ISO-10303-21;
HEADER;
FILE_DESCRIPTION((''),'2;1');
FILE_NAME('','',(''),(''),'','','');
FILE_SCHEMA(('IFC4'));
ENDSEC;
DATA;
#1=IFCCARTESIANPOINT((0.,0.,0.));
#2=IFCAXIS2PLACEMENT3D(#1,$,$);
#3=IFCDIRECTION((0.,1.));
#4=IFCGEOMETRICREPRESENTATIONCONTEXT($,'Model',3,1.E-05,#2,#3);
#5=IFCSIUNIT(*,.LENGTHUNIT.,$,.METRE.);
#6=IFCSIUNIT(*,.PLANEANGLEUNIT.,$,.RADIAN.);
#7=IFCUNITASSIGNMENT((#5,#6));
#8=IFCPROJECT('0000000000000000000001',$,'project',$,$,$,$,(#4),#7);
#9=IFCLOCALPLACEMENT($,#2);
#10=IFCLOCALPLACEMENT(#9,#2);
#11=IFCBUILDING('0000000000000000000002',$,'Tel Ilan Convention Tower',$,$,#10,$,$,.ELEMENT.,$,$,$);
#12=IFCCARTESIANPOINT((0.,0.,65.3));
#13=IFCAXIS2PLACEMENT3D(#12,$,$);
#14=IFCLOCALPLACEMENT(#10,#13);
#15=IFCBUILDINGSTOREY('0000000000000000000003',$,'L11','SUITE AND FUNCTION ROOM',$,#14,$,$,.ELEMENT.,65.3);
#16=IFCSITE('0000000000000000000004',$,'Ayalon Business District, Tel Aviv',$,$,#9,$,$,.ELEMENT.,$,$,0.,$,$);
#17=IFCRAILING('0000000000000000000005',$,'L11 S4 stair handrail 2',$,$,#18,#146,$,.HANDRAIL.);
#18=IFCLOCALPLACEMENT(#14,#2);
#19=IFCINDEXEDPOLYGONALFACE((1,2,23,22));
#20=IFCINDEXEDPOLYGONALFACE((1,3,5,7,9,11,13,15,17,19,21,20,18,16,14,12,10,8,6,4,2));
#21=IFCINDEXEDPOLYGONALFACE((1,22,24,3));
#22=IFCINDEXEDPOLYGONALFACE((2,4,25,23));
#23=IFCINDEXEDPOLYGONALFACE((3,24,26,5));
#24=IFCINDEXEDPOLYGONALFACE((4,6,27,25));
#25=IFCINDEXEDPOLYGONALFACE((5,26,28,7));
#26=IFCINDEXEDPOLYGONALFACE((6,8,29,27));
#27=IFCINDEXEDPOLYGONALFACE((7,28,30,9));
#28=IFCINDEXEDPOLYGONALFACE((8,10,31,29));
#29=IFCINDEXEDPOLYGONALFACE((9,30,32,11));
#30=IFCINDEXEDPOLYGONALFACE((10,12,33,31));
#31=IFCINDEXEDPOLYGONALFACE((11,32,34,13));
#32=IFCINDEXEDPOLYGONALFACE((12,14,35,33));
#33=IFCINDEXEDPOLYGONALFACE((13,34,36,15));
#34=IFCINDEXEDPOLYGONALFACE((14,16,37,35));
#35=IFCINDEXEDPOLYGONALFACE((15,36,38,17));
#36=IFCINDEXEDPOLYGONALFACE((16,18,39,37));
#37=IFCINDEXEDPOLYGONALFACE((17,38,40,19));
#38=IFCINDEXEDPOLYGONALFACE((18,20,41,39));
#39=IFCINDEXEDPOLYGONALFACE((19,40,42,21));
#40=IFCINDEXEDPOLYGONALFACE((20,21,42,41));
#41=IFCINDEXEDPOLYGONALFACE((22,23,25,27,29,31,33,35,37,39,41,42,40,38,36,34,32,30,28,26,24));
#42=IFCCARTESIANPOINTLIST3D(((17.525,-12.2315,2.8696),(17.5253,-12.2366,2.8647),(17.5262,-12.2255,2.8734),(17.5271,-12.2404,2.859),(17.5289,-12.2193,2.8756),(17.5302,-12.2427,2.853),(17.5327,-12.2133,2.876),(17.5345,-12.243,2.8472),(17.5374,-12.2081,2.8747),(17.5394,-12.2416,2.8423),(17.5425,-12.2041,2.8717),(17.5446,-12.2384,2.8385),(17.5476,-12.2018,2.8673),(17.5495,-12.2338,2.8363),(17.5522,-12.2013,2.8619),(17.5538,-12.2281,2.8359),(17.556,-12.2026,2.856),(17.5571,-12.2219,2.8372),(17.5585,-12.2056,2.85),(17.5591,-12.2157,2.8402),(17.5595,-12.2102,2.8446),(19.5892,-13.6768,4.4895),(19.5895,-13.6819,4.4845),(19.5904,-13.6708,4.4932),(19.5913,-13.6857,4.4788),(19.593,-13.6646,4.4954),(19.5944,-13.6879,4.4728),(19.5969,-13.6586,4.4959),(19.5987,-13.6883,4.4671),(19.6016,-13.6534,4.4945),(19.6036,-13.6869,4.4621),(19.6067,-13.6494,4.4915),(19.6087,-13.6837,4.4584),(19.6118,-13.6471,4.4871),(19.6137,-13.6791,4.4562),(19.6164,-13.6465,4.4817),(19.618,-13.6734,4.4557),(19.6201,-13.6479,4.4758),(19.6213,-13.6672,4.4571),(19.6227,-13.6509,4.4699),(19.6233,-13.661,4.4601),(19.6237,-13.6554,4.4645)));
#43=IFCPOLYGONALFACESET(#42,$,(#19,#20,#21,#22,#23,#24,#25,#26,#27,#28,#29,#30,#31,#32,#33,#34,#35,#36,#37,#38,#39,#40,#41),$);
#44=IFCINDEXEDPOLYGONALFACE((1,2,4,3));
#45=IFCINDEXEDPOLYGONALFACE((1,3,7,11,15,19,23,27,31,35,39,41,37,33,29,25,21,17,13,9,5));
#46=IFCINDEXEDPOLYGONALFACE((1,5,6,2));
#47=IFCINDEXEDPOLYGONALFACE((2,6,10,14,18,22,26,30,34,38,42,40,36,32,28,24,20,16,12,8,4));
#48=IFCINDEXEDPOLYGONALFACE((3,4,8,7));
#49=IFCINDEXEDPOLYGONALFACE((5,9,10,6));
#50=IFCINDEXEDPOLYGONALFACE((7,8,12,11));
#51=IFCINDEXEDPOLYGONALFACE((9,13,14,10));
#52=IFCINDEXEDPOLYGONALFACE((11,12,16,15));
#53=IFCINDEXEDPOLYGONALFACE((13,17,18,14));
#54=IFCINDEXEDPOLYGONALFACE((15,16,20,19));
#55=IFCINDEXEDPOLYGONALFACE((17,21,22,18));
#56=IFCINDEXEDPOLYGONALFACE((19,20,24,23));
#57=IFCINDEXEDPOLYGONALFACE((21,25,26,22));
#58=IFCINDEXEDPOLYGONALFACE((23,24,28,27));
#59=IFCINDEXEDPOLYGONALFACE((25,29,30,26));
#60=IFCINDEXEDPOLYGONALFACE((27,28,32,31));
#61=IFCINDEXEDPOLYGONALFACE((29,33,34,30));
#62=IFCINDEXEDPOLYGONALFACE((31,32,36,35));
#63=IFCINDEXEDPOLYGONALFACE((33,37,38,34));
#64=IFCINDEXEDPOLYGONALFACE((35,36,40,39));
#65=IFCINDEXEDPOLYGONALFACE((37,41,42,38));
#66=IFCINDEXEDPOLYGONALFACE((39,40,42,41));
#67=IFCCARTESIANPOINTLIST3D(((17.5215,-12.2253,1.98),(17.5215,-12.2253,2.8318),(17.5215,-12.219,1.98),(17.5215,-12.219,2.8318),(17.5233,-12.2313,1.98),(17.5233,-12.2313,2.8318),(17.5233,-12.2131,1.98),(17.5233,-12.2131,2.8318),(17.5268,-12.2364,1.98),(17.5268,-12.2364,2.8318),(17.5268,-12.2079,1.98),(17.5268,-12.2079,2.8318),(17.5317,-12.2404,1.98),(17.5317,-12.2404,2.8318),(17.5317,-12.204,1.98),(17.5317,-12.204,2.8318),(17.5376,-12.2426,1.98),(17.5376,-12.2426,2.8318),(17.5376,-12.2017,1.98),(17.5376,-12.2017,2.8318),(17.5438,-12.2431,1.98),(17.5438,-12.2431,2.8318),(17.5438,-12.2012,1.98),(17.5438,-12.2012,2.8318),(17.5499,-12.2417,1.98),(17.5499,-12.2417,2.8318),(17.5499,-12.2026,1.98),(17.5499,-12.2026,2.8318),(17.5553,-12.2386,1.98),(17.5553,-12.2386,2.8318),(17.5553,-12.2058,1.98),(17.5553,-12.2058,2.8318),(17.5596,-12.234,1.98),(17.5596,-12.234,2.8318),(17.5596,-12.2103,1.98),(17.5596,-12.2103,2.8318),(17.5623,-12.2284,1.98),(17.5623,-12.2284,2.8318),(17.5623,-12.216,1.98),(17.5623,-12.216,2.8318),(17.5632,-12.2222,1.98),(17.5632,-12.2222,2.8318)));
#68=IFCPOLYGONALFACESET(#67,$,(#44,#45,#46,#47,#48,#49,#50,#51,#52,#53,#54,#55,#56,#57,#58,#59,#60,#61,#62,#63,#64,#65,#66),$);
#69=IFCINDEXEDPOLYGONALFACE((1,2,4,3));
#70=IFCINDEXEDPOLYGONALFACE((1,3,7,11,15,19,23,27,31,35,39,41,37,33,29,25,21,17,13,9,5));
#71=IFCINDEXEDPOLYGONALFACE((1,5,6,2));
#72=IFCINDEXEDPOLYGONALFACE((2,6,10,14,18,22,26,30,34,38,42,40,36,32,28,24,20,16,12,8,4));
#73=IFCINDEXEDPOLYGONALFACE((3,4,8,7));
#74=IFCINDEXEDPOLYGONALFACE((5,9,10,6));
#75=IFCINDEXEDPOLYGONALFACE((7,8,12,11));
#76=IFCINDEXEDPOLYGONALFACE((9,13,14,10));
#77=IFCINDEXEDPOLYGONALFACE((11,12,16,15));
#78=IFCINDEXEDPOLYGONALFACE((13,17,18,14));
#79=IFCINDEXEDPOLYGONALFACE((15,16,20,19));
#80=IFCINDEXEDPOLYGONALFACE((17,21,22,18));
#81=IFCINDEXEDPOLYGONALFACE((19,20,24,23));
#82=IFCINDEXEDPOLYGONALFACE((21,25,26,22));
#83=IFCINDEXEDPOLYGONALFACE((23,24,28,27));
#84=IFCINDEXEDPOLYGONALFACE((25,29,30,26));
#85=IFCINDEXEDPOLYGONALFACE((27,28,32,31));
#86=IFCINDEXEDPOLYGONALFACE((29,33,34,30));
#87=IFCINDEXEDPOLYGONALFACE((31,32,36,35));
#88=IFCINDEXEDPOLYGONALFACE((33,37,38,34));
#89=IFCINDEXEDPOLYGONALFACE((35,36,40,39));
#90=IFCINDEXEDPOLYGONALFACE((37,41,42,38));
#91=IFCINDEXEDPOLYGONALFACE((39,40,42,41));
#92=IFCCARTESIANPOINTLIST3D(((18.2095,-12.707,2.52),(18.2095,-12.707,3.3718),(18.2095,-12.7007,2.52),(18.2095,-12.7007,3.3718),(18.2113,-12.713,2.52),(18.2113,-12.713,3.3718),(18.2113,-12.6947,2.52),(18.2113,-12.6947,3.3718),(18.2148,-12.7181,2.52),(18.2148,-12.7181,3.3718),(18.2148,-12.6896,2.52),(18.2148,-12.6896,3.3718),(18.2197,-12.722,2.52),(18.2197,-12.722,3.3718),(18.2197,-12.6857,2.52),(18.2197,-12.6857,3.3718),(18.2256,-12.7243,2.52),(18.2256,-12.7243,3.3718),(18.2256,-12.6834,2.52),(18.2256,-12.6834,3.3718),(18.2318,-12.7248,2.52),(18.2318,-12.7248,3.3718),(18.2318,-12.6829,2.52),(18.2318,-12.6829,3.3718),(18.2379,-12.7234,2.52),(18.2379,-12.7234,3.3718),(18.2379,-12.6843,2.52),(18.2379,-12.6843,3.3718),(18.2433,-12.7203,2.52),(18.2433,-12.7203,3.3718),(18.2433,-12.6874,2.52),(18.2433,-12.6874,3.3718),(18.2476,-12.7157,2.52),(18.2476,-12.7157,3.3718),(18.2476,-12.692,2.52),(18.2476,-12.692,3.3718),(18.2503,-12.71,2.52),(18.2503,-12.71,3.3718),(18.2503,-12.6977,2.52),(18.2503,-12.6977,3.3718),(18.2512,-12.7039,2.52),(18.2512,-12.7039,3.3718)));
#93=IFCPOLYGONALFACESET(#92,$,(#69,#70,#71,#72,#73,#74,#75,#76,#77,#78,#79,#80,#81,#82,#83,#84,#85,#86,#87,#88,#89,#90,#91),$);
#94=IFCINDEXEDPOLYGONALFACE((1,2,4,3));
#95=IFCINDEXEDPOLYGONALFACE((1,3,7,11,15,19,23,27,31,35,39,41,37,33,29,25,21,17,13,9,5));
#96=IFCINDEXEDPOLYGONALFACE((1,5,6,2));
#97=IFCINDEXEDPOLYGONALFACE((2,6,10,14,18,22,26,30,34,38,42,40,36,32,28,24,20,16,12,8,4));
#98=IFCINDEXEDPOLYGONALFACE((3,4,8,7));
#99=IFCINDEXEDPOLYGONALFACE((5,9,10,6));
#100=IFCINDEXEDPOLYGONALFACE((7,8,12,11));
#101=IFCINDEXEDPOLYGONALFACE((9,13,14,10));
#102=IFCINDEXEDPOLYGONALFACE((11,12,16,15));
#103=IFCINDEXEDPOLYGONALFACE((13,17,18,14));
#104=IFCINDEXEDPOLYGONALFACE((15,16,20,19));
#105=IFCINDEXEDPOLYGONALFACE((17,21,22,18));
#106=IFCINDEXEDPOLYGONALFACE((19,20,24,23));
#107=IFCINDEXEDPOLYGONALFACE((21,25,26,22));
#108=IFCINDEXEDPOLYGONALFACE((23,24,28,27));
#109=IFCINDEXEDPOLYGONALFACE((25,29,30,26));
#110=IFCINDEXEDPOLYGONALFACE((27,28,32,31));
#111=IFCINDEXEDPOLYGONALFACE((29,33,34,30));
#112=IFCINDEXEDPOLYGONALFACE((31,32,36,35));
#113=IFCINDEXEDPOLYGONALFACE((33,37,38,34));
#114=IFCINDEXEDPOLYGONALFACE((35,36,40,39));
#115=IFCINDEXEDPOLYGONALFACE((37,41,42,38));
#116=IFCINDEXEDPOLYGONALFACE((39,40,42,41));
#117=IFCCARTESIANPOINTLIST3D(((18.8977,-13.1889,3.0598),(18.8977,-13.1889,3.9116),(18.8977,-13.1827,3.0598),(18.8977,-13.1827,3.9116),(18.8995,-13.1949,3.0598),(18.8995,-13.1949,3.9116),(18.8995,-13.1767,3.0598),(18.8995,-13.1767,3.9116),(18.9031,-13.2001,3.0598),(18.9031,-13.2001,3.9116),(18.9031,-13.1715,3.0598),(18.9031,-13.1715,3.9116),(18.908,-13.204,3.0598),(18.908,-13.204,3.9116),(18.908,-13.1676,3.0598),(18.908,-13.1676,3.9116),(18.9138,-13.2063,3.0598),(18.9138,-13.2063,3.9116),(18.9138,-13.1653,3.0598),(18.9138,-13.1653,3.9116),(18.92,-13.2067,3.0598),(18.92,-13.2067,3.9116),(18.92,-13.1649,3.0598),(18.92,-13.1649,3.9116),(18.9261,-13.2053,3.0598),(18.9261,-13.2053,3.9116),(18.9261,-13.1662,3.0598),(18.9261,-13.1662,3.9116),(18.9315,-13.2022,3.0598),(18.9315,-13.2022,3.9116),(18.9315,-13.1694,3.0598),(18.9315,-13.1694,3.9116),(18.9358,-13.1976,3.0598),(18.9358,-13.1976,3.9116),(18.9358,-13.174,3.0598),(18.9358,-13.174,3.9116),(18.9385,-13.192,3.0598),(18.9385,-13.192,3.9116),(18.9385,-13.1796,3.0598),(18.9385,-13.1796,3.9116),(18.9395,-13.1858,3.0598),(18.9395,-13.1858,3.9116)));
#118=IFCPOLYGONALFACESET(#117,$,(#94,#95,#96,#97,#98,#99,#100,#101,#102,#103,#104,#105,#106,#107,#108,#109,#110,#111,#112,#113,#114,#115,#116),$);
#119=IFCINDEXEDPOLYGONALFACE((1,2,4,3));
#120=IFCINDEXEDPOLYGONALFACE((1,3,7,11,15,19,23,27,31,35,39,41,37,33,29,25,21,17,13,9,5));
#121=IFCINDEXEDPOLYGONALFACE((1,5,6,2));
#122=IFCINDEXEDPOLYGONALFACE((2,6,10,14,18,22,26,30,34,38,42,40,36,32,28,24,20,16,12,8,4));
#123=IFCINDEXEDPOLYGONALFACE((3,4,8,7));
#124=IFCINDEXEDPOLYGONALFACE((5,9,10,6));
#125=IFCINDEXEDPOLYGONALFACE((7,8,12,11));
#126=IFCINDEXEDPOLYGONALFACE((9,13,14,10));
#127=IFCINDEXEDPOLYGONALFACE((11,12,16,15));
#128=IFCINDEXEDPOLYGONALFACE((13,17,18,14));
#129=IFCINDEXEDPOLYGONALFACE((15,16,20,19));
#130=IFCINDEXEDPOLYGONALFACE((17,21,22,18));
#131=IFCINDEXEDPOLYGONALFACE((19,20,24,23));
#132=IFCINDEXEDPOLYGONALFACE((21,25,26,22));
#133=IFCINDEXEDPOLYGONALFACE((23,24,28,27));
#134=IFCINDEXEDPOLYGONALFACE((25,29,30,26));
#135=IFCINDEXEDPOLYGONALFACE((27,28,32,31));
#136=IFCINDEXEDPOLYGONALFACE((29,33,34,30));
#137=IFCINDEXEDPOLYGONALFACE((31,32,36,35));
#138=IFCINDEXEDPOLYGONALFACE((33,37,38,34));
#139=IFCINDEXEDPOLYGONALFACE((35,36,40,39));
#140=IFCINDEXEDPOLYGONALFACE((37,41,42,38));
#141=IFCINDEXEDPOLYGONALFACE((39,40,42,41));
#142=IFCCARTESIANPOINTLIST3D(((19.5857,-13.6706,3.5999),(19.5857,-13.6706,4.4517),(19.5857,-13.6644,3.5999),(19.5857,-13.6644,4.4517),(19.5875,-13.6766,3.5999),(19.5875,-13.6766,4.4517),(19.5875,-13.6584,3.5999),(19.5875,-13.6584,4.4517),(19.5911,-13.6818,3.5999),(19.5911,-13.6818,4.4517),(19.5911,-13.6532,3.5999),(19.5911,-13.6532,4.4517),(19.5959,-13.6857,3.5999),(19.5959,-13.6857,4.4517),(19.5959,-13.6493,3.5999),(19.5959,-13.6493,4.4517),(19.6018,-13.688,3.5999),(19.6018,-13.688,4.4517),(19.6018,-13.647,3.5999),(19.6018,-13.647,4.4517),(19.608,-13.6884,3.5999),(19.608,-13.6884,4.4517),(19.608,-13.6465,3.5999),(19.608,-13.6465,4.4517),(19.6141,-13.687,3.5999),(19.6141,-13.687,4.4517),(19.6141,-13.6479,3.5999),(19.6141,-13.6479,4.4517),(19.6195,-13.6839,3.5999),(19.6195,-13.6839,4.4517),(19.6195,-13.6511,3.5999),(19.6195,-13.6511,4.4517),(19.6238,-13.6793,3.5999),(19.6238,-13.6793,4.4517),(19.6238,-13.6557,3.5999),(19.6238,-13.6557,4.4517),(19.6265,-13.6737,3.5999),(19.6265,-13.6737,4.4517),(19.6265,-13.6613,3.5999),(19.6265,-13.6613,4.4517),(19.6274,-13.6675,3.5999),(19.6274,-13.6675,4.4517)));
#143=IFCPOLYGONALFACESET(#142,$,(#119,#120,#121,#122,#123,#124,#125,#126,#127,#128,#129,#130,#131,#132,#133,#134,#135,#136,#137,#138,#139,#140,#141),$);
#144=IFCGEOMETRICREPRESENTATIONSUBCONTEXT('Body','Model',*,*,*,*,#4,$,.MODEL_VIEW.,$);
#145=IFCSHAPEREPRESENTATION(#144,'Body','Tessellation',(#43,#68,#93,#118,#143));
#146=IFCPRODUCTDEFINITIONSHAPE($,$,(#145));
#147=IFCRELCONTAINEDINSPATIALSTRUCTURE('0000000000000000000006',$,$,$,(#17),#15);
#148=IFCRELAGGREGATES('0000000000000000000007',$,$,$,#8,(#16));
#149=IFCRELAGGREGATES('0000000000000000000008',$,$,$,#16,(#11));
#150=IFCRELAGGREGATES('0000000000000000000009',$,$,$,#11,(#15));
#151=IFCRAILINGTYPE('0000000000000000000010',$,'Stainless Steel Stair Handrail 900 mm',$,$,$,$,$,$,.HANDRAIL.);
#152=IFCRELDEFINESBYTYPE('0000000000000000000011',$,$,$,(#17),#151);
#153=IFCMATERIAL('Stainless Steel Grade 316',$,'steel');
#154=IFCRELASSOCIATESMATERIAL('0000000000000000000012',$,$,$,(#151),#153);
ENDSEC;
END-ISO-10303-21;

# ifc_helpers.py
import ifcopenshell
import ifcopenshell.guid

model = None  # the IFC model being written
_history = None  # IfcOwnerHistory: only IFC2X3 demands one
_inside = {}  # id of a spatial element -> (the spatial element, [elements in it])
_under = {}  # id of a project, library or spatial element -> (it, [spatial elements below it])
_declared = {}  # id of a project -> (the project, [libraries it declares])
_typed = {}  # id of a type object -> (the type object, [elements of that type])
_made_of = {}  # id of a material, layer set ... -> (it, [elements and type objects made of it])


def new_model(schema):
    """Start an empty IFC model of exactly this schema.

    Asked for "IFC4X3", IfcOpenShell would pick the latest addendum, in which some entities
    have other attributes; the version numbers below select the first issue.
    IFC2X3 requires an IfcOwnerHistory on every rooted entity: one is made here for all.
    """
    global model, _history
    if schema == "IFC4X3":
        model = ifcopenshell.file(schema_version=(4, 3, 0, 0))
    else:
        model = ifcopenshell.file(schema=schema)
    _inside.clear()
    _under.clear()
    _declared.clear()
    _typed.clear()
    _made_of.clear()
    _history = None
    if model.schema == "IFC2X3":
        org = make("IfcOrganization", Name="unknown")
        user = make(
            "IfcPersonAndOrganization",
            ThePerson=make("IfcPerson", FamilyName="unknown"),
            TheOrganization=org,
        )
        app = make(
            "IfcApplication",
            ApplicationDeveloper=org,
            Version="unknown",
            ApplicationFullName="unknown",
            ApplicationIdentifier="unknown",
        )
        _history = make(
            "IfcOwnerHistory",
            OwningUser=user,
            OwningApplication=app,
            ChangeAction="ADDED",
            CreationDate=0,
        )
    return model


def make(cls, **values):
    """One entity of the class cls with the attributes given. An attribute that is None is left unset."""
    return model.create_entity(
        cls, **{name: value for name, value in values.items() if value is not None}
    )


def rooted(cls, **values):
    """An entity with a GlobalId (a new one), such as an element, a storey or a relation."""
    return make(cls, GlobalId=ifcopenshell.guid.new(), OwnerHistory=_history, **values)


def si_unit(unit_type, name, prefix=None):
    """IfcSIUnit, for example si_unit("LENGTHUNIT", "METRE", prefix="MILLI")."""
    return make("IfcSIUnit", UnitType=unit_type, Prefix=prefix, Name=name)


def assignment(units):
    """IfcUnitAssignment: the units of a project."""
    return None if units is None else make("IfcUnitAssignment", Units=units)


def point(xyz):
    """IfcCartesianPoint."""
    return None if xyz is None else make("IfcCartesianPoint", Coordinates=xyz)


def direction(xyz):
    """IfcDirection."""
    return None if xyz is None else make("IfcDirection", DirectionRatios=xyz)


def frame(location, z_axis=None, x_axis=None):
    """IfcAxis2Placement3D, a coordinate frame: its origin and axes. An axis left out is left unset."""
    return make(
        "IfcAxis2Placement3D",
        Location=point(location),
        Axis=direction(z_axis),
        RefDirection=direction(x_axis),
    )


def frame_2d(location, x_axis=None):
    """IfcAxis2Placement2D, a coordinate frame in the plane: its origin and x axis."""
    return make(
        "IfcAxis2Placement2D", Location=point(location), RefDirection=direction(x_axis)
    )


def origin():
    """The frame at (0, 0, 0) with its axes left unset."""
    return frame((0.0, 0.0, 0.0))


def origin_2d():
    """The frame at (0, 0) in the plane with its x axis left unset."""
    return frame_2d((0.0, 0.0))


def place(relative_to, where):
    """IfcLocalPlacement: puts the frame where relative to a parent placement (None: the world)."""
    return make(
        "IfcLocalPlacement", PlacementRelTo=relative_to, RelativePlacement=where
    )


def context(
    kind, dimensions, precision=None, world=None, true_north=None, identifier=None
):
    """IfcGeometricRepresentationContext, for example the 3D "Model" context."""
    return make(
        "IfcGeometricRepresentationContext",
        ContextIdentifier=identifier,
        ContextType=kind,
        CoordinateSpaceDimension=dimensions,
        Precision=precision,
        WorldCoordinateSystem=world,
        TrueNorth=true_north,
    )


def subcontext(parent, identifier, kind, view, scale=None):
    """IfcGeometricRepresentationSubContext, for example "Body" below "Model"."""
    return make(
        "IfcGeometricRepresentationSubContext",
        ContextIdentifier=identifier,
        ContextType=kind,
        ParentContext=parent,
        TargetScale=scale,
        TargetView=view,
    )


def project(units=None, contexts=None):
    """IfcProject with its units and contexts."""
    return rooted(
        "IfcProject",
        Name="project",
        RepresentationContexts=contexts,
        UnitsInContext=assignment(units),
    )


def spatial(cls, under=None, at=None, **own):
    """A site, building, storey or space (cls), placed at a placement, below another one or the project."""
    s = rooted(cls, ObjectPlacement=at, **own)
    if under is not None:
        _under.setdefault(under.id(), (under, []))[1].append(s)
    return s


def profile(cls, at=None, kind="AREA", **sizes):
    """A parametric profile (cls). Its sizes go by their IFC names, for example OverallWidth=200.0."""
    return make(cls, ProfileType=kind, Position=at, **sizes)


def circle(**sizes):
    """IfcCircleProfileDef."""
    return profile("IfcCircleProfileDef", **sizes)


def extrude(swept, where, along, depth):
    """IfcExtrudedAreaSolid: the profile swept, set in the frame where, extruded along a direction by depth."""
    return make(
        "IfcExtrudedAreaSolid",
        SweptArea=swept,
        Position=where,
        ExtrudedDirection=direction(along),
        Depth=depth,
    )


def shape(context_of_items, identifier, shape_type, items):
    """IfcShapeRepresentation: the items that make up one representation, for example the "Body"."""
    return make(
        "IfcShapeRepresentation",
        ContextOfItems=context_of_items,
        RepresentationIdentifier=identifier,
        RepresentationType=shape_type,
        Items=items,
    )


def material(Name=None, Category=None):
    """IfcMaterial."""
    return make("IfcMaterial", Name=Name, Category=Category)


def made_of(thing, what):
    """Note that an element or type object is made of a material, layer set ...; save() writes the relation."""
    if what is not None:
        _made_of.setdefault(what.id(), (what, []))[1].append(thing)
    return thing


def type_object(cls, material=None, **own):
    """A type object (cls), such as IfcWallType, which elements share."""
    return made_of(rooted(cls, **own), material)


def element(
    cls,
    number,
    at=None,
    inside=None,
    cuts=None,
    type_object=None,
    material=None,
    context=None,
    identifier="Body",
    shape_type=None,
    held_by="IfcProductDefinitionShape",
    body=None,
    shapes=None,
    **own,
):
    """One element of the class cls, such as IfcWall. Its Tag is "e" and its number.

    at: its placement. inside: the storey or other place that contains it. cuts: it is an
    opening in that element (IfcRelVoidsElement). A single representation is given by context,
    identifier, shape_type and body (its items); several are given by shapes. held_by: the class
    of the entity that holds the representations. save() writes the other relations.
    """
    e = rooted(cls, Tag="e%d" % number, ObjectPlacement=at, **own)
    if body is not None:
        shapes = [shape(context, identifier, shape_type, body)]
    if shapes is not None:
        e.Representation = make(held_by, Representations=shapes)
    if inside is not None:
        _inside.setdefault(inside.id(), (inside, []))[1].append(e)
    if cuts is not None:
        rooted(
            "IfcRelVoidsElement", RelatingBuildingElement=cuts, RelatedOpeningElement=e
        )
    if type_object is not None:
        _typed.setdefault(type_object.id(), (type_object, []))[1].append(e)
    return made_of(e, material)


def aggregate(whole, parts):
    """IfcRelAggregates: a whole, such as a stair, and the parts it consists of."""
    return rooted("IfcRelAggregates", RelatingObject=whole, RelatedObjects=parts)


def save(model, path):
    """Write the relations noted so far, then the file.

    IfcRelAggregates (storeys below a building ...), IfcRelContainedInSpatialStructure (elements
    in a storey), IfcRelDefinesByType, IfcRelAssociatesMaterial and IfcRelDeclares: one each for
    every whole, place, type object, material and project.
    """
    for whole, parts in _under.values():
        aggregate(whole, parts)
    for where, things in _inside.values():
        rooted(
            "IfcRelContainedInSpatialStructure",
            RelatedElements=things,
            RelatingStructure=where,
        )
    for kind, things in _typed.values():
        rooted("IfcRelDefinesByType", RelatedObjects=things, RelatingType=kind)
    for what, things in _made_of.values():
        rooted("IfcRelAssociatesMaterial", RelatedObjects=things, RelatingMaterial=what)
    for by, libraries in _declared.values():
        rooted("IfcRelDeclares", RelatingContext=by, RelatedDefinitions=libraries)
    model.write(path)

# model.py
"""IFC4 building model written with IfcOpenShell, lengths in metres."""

from ifc_helpers import new_model, si_unit, direction, frame, origin, origin_2d, place, context, subcontext, project, spatial, circle, extrude, material, type_object, element, save


model = new_model("IFC4")

# Units and contexts
model_context = context("Model", 3, precision=1e-05, world=origin(), true_north=direction((0.0, 1.0)))
body_context = subcontext(model_context, "Body", "Model", "MODEL_VIEW")
ifc_project = project(units=[si_unit("LENGTHUNIT", "METRE"), si_unit("PLANEANGLEUNIT", "RADIAN")], contexts=[model_context])

# Site, building, storey
site_placement = place(None, origin())
site = spatial("IfcSite", under=ifc_project, at=site_placement, Name="Ayalon Business District, Tel Aviv", CompositionType="ELEMENT", RefElevation=0.0)
building_placement = place(site_placement, origin())
building = spatial("IfcBuilding", under=site, at=building_placement, Name="Tel Ilan Convention Tower", CompositionType="ELEMENT")
storey_placement = place(building_placement, frame((0.0, 0.0, 65.3)))
storey = spatial("IfcBuildingStorey", under=building, at=storey_placement, Name="L11", Description="SUITE AND FUNCTION ROOM", CompositionType="ELEMENT", Elevation=65.3)

# Railing
ifc_material_1 = material(Name="Stainless Steel Grade 316", Category="steel")
railing_type_1 = type_object("IfcRailingType", Name="Stainless Steel Stair Handrail 900 mm", PredefinedType="HANDRAIL", material=ifc_material_1)
railing_1_placement = place(storey_placement, frame((17.5422, -12.2222, 1.98)))
element("IfcRailing", 1, at=railing_1_placement, inside=storey, type_object=railing_type_1, Name="L11 S4 stair handrail 2", PredefinedType="HANDRAIL", context=body_context, shape_type="SweptSolid", body=[
    extrude(circle(Radius=0.0239, at=origin_2d()), frame((0.0, 0.0, 0.876), z_axis=(0.68907, -0.482472, 0.540743), x_axis=(0.57356, 0.819164, 0.0)), (0.0, 0.0, 1.0), 2.9956),
    extrude(circle(Radius=0.021, at=origin_2d()), origin(), (0.0, 0.0, 1.0), 0.8518),
    extrude(circle(Radius=0.021, at=origin_2d()), frame((0.688, -0.4817, 0.54)), (0.0, 0.0, 1.0), 0.8518),
    extrude(circle(Radius=0.021, at=origin_2d()), frame((1.3762, -0.9636, 1.0798)), (0.0, 0.0, 1.0), 0.8518),
    extrude(circle(Radius=0.021, at=origin_2d()), frame((2.0642, -1.4453, 1.6199)), (0.0, 0.0, 1.0), 0.8518),
])

save(model, "model.ifc")
